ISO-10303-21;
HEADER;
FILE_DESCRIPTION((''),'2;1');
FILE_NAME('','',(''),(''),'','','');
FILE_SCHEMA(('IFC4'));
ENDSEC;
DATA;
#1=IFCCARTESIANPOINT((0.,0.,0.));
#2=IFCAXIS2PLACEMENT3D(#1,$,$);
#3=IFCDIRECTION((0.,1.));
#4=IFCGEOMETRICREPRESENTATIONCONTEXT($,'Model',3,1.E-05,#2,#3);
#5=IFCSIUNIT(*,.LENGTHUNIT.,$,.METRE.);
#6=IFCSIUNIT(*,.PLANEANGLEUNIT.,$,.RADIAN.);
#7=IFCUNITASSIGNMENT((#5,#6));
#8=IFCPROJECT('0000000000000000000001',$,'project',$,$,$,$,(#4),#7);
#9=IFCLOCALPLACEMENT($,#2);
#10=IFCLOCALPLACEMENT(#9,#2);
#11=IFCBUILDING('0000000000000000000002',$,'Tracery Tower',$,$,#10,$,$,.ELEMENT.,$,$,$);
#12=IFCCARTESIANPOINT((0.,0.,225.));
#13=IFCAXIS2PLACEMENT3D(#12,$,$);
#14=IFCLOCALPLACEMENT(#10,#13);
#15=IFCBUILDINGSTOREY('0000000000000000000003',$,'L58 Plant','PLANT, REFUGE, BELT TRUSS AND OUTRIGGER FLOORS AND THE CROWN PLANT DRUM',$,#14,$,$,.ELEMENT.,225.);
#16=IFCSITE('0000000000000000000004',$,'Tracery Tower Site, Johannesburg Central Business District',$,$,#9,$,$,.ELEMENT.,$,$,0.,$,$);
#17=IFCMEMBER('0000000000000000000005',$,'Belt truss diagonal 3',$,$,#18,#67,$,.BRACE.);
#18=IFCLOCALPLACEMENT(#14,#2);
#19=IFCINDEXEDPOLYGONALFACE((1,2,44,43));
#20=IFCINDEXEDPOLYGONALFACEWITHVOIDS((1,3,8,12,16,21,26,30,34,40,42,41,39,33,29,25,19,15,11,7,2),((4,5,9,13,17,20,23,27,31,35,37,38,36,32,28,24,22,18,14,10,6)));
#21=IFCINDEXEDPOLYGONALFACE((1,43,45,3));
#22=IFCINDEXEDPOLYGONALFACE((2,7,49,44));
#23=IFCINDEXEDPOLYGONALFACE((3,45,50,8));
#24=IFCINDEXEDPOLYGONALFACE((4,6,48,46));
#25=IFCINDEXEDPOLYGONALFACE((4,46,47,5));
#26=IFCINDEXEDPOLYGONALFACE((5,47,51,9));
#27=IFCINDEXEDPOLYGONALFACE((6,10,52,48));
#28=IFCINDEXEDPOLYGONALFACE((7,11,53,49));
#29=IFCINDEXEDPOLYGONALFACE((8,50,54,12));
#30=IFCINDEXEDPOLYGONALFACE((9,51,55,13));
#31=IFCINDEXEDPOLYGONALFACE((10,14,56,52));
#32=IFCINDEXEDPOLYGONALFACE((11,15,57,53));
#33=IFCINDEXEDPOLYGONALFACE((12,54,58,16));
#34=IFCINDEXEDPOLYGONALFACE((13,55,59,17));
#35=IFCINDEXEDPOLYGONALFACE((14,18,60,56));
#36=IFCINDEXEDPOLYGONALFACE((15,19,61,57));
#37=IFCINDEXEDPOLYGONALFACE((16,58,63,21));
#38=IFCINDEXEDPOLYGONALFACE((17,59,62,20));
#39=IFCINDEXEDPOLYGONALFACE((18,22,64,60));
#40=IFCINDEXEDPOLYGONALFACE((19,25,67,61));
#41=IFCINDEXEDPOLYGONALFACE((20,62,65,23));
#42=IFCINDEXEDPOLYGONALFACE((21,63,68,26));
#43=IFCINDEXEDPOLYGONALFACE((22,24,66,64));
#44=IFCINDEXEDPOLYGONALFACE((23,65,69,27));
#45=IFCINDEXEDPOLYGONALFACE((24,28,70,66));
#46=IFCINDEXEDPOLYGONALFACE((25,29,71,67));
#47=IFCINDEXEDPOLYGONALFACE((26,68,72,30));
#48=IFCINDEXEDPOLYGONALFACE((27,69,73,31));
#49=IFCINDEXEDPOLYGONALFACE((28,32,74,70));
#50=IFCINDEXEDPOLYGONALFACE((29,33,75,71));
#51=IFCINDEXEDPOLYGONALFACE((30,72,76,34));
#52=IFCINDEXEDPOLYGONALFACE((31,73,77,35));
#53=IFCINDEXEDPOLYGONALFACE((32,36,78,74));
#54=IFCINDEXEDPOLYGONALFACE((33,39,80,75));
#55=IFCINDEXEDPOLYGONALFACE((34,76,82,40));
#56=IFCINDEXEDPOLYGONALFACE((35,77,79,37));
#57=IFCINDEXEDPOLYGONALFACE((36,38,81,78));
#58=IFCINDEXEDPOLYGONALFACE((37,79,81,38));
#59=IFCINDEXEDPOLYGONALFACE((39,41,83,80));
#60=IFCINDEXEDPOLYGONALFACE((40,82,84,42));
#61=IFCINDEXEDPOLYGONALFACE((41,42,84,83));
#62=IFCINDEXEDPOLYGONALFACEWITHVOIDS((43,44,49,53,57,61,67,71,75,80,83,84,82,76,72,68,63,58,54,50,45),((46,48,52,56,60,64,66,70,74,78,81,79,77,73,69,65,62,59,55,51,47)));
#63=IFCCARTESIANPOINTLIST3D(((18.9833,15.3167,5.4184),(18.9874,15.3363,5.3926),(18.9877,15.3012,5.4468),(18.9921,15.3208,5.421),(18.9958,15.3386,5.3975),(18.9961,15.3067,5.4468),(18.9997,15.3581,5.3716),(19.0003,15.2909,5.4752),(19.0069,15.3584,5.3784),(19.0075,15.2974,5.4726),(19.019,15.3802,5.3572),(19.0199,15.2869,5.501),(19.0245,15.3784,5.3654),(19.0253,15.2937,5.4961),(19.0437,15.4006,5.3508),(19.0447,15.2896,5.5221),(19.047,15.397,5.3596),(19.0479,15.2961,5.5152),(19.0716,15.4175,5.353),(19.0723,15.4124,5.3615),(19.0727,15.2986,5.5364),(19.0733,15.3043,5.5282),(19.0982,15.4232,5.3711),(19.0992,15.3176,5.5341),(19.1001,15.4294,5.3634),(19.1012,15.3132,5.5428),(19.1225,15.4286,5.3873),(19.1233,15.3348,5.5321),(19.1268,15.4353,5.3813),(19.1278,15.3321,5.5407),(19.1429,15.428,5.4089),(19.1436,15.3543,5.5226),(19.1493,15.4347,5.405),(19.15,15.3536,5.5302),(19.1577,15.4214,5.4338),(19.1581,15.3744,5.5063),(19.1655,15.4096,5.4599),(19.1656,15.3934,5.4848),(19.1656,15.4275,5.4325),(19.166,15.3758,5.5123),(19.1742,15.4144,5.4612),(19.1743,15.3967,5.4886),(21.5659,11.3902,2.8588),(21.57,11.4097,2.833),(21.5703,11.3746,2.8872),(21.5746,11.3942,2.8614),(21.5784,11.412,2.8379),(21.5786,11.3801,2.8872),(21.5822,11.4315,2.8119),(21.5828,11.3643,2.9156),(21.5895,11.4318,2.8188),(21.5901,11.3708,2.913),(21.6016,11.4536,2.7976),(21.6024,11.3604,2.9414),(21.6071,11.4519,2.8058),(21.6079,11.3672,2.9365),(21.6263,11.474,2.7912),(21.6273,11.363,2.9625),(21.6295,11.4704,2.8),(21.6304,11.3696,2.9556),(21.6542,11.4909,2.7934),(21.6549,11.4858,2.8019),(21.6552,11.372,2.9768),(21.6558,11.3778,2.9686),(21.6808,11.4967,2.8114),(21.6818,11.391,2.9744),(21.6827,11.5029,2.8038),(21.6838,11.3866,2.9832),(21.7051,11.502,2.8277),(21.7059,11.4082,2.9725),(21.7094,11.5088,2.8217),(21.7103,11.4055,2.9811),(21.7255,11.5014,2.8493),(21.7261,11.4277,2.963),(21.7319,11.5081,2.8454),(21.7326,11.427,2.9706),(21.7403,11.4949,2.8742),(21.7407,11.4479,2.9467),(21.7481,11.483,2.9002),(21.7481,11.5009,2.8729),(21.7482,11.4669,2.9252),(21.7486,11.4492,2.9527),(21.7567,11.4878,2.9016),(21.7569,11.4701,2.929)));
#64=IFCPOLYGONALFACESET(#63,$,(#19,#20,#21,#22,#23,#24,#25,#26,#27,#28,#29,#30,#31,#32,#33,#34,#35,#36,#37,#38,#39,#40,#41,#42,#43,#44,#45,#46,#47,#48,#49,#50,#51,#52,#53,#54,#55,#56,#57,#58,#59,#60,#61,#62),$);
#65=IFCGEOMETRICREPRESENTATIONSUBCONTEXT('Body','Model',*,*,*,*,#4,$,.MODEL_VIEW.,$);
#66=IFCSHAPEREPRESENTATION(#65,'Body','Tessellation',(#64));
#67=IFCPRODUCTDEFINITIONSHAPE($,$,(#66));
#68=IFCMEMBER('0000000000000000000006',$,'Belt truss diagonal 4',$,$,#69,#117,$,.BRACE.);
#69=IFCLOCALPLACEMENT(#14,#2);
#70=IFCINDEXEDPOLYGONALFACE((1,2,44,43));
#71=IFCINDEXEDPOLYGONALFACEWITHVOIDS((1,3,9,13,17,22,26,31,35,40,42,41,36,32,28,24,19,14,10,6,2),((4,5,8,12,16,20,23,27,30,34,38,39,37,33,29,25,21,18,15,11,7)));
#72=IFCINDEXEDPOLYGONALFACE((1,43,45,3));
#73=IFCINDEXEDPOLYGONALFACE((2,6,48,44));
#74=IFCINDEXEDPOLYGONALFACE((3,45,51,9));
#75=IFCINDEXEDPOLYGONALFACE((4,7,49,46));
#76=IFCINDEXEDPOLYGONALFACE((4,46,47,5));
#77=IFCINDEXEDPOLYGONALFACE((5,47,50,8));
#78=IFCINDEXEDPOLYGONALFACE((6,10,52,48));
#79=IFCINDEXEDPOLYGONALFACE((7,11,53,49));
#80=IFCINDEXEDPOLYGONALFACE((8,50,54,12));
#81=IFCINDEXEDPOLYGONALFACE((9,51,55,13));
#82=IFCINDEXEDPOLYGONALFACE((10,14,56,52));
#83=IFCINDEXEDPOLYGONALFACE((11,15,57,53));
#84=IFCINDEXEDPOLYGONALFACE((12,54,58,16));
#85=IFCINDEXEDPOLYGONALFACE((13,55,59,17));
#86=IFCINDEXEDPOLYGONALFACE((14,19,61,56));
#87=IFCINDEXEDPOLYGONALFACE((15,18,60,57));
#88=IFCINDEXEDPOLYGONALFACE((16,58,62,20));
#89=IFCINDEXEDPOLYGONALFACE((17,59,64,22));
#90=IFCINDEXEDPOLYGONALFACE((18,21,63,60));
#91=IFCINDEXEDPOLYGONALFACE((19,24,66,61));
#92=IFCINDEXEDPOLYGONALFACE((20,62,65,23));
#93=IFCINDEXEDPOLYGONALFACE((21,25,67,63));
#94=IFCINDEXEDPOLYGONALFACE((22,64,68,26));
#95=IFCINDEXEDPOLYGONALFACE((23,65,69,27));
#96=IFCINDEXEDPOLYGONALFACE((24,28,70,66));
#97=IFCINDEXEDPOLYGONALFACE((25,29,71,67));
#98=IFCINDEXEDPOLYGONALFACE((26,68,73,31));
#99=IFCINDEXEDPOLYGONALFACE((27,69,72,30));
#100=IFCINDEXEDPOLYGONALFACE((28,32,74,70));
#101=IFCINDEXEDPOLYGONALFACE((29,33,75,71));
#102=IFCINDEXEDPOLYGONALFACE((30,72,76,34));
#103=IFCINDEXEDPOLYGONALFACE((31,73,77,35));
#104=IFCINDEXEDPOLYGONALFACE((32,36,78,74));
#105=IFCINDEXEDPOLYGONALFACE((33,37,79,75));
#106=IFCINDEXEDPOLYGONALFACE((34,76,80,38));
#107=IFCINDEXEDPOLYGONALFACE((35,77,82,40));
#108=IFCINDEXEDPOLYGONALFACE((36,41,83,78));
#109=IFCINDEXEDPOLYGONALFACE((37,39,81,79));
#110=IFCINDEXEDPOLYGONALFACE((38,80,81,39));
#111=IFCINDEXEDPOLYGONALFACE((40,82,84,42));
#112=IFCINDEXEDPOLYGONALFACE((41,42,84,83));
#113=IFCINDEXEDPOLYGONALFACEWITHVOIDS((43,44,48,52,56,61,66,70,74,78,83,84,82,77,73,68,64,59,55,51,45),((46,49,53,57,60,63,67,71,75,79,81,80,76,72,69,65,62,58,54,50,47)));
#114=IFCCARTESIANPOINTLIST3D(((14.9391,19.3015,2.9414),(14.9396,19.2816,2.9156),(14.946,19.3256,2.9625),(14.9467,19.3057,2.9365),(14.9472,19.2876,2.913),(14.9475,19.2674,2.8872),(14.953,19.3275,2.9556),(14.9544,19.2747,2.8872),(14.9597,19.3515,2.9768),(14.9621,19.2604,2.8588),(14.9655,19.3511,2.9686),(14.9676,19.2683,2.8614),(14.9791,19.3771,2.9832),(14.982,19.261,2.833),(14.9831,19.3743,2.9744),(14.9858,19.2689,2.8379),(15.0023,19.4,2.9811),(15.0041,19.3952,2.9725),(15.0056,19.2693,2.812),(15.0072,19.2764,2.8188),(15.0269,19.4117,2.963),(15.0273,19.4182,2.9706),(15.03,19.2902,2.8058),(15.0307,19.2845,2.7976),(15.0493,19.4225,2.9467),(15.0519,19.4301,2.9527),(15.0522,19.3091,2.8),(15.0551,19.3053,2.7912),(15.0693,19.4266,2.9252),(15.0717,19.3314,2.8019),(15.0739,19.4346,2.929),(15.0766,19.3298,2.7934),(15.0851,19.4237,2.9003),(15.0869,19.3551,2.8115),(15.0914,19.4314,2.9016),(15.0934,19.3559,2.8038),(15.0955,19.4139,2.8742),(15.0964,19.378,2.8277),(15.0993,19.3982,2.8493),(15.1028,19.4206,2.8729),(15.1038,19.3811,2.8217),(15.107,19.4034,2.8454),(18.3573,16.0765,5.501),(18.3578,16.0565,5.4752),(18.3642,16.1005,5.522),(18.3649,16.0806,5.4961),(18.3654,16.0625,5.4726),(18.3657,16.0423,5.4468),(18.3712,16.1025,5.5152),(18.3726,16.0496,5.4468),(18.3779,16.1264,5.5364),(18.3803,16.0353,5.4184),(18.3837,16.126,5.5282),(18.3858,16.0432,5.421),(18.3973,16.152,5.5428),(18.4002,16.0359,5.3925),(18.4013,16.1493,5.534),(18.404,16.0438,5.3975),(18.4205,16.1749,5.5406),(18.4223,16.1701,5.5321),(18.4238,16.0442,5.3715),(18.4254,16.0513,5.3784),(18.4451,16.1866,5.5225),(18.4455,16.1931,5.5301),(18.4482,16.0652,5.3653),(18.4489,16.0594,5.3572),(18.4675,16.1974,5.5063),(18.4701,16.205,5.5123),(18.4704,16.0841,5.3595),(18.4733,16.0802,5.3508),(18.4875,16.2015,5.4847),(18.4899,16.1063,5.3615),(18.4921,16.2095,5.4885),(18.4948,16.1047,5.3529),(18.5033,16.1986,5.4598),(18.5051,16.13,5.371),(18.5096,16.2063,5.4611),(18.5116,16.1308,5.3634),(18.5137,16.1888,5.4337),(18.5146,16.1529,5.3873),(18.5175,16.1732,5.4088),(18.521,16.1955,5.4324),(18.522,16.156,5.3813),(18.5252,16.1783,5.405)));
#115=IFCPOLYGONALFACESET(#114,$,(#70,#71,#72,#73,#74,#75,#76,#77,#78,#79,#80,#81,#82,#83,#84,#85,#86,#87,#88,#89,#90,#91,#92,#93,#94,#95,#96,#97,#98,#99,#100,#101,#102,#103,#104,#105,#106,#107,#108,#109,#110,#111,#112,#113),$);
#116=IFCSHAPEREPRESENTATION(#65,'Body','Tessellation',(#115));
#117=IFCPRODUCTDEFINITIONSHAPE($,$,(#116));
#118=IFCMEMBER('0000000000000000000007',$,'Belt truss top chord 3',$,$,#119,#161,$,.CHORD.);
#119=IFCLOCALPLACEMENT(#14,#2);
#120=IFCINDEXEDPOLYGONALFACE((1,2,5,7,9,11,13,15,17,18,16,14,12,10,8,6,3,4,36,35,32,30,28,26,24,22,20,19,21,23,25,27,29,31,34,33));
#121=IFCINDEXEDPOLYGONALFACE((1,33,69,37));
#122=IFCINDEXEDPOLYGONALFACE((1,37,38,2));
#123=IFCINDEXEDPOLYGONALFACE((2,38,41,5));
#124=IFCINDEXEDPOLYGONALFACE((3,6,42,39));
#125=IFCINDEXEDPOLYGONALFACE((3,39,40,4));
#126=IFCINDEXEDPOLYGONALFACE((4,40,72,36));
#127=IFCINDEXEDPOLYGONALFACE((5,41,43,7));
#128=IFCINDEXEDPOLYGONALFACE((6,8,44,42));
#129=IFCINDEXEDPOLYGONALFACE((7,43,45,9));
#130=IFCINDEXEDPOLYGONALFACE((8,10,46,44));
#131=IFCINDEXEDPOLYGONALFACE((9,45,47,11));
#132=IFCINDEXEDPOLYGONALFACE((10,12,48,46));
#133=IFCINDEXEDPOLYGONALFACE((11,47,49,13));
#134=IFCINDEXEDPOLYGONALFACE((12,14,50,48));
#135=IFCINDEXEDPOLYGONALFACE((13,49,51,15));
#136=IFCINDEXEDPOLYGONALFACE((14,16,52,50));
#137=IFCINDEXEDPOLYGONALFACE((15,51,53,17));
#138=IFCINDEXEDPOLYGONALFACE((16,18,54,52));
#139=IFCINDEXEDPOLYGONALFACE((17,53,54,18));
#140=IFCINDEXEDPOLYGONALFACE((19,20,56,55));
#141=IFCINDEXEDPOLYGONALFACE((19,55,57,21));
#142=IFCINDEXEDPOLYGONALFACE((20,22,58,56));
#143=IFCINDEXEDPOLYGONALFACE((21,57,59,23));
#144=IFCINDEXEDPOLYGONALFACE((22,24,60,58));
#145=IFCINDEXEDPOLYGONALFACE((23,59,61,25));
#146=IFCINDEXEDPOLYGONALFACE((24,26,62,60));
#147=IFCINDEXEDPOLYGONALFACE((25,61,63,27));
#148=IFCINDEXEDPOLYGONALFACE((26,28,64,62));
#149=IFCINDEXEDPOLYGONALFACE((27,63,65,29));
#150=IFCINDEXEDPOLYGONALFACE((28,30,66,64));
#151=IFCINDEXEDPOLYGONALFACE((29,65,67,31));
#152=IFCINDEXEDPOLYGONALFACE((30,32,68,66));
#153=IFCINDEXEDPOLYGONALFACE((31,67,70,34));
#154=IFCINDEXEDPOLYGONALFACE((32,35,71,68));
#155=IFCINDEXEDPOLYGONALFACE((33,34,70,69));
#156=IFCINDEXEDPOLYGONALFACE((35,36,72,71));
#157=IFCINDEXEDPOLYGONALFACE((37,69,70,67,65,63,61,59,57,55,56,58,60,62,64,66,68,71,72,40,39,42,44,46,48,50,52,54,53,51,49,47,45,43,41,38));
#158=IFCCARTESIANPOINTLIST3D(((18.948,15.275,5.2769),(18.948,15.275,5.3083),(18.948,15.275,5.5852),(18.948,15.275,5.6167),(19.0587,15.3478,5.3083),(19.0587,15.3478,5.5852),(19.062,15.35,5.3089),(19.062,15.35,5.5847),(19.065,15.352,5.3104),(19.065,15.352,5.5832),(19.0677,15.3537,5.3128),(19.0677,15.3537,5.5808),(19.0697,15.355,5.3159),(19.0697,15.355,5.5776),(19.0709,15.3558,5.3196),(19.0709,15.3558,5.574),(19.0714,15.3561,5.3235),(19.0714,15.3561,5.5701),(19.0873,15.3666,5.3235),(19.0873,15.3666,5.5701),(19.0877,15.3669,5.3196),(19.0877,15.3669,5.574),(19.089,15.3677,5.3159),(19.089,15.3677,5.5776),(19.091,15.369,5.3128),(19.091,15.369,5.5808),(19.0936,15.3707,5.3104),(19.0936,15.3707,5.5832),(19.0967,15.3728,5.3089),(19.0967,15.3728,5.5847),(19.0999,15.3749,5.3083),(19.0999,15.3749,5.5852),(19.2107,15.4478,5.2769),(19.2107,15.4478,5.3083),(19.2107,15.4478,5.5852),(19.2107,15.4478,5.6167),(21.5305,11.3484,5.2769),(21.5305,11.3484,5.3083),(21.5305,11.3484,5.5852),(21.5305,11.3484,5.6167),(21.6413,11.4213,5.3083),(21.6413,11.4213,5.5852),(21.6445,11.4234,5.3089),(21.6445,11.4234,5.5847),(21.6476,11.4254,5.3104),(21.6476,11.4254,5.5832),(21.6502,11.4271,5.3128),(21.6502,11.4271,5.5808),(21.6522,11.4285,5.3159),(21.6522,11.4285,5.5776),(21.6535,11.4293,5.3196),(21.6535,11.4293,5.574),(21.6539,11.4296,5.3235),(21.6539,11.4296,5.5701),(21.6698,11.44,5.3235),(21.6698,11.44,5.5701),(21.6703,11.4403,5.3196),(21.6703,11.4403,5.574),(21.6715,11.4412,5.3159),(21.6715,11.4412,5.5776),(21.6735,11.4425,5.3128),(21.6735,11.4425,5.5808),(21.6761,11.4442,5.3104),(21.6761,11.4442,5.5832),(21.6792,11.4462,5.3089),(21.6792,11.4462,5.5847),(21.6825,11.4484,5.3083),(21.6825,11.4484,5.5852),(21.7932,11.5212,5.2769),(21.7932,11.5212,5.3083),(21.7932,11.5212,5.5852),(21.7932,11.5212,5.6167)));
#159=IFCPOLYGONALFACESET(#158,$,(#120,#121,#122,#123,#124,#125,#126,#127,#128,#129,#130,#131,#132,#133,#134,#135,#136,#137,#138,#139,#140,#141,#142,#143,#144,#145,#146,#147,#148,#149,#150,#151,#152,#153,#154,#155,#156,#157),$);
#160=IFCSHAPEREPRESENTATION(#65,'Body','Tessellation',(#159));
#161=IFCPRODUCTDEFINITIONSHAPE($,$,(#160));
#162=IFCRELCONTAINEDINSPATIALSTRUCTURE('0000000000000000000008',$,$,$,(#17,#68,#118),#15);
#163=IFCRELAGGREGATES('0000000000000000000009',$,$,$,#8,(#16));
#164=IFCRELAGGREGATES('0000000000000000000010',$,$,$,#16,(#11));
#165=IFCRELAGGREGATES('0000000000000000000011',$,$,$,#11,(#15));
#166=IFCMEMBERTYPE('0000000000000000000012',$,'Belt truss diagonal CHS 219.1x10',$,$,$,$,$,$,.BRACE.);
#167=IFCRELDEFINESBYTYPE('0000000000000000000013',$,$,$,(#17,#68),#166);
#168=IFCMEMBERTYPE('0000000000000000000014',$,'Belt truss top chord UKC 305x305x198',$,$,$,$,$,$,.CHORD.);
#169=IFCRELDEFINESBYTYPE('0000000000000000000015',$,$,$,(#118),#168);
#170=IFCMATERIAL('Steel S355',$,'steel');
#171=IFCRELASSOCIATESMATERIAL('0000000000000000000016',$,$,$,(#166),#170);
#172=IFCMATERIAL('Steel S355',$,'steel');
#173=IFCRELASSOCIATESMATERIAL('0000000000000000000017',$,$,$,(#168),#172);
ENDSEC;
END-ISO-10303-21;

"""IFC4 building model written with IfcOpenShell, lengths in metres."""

from ifc_helpers import new_model, si_unit, direction, frame, origin, origin_2d, place, context, subcontext, project, spatial, hollow_circle, i_section, extrude, material, material_profile, profile_set, type_object, element, save


model = new_model("IFC4")

# Units and contexts
model_context = context("Model", 3, precision=1e-05, world=origin(), true_north=direction((0.0, 1.0)))
body_context = subcontext(model_context, "Body", "Model", "MODEL_VIEW")
ifc_project = project(units=[si_unit("LENGTHUNIT", "METRE"), si_unit("PLANEANGLEUNIT", "RADIAN")], contexts=[model_context])

# Site, building, storey
site_placement = place(None, origin())
site = spatial("IfcSite", under=ifc_project, at=site_placement, Name="Tracery Tower Site, Johannesburg Central Business District", CompositionType="ELEMENT", RefElevation=0.0)
building_placement = place(site_placement, origin())
building = spatial("IfcBuilding", under=site, at=building_placement, Name="Tracery Tower", CompositionType="ELEMENT")
storey_placement = place(building_placement, frame((0.0, 0.0, 225.0)))
storey = spatial("IfcBuildingStorey", under=building, at=storey_placement, Name="L58 Plant", Description="PLANT, REFUGE, BELT TRUSS AND OUTRIGGER FLOORS AND THE CROWN PLANT DRUM", CompositionType="ELEMENT", Elevation=225.0)

# Members
ifc_material_1 = material(Name="Steel S355", Category="steel")
ifc_material_profile_1 = material_profile(ifc_material_1, hollow_circle(Radius=0.1096, WallThickness=0.01, at=origin_2d()), Name="CHS 219.1x10")
ifc_profile_set_1 = profile_set([ifc_material_profile_1], Name="Steel S355")
member_type_1 = type_object("IfcMemberType", Name="Belt truss diagonal CHS 219.1x10", PredefinedType="BRACE", material=ifc_profile_set_1)
member_1_placement = place(storey_placement, frame((21.6619, 11.4348, 2.8872), z_axis=(-0.482581, 0.733725, 0.478292), x_axis=(-0.835487, -0.549511, 0.0)))
element("IfcMember", 1, at=member_1_placement, inside=storey, type_object=member_type_1, Name="Belt truss diagonal 3", PredefinedType="BRACE", context=body_context, shape_type="SweptSolid", body=[
    extrude(hollow_circle(Radius=0.1096, WallThickness=0.01, at=origin_2d()), origin(), (0.0, 0.0, 1.0), 5.3516),
])
member_2_placement = place(storey_placement, frame((18.4409, 16.1221, 5.4468), z_axis=(-0.638758, 0.602671, -0.478305), x_axis=(-0.686262, -0.727355, 0.0)))
element("IfcMember", 2, at=member_2_placement, inside=storey, type_object=member_type_1, Name="Belt truss diagonal 4", PredefinedType="BRACE", context=body_context, shape_type="SweptSolid", body=[
    extrude(hollow_circle(Radius=0.1096, WallThickness=0.01, at=origin_2d()), origin(), (0.0, 0.0, 1.0), 5.3513),
])
ifc_material_2 = material(Name="Steel S355", Category="steel")
ifc_material_profile_2 = material_profile(ifc_material_2, i_section(OverallWidth=0.3145, OverallDepth=0.3398, WebThickness=0.019, FlangeThickness=0.0315, FilletRadius=0.0151, at=origin_2d()), Name="UKC 305x305x198")
ifc_profile_set_2 = profile_set([ifc_material_profile_2], Name="Steel S355")
member_type_2 = type_object("IfcMemberType", Name="Belt truss top chord UKC 305x305x198", PredefinedType="CHORD", material=ifc_profile_set_2)
member_3_placement = place(storey_placement, frame((21.6619, 11.4348, 5.4468), z_axis=(-0.549511, 0.835487, 0.0), x_axis=(-0.835487, -0.549511, 0.0)))
element("IfcMember", 3, at=member_3_placement, inside=storey, type_object=member_type_2, Name="Belt truss top chord 3", PredefinedType="CHORD", context=body_context, shape_type="SweptSolid", body=[
    extrude(i_section(OverallWidth=0.3145, OverallDepth=0.3398, WebThickness=0.019, FlangeThickness=0.0315, FilletRadius=0.0151, at=origin_2d()), origin(), (0.0, 0.0, 1.0), 4.6997),
])

save(model, "model.ifc")
